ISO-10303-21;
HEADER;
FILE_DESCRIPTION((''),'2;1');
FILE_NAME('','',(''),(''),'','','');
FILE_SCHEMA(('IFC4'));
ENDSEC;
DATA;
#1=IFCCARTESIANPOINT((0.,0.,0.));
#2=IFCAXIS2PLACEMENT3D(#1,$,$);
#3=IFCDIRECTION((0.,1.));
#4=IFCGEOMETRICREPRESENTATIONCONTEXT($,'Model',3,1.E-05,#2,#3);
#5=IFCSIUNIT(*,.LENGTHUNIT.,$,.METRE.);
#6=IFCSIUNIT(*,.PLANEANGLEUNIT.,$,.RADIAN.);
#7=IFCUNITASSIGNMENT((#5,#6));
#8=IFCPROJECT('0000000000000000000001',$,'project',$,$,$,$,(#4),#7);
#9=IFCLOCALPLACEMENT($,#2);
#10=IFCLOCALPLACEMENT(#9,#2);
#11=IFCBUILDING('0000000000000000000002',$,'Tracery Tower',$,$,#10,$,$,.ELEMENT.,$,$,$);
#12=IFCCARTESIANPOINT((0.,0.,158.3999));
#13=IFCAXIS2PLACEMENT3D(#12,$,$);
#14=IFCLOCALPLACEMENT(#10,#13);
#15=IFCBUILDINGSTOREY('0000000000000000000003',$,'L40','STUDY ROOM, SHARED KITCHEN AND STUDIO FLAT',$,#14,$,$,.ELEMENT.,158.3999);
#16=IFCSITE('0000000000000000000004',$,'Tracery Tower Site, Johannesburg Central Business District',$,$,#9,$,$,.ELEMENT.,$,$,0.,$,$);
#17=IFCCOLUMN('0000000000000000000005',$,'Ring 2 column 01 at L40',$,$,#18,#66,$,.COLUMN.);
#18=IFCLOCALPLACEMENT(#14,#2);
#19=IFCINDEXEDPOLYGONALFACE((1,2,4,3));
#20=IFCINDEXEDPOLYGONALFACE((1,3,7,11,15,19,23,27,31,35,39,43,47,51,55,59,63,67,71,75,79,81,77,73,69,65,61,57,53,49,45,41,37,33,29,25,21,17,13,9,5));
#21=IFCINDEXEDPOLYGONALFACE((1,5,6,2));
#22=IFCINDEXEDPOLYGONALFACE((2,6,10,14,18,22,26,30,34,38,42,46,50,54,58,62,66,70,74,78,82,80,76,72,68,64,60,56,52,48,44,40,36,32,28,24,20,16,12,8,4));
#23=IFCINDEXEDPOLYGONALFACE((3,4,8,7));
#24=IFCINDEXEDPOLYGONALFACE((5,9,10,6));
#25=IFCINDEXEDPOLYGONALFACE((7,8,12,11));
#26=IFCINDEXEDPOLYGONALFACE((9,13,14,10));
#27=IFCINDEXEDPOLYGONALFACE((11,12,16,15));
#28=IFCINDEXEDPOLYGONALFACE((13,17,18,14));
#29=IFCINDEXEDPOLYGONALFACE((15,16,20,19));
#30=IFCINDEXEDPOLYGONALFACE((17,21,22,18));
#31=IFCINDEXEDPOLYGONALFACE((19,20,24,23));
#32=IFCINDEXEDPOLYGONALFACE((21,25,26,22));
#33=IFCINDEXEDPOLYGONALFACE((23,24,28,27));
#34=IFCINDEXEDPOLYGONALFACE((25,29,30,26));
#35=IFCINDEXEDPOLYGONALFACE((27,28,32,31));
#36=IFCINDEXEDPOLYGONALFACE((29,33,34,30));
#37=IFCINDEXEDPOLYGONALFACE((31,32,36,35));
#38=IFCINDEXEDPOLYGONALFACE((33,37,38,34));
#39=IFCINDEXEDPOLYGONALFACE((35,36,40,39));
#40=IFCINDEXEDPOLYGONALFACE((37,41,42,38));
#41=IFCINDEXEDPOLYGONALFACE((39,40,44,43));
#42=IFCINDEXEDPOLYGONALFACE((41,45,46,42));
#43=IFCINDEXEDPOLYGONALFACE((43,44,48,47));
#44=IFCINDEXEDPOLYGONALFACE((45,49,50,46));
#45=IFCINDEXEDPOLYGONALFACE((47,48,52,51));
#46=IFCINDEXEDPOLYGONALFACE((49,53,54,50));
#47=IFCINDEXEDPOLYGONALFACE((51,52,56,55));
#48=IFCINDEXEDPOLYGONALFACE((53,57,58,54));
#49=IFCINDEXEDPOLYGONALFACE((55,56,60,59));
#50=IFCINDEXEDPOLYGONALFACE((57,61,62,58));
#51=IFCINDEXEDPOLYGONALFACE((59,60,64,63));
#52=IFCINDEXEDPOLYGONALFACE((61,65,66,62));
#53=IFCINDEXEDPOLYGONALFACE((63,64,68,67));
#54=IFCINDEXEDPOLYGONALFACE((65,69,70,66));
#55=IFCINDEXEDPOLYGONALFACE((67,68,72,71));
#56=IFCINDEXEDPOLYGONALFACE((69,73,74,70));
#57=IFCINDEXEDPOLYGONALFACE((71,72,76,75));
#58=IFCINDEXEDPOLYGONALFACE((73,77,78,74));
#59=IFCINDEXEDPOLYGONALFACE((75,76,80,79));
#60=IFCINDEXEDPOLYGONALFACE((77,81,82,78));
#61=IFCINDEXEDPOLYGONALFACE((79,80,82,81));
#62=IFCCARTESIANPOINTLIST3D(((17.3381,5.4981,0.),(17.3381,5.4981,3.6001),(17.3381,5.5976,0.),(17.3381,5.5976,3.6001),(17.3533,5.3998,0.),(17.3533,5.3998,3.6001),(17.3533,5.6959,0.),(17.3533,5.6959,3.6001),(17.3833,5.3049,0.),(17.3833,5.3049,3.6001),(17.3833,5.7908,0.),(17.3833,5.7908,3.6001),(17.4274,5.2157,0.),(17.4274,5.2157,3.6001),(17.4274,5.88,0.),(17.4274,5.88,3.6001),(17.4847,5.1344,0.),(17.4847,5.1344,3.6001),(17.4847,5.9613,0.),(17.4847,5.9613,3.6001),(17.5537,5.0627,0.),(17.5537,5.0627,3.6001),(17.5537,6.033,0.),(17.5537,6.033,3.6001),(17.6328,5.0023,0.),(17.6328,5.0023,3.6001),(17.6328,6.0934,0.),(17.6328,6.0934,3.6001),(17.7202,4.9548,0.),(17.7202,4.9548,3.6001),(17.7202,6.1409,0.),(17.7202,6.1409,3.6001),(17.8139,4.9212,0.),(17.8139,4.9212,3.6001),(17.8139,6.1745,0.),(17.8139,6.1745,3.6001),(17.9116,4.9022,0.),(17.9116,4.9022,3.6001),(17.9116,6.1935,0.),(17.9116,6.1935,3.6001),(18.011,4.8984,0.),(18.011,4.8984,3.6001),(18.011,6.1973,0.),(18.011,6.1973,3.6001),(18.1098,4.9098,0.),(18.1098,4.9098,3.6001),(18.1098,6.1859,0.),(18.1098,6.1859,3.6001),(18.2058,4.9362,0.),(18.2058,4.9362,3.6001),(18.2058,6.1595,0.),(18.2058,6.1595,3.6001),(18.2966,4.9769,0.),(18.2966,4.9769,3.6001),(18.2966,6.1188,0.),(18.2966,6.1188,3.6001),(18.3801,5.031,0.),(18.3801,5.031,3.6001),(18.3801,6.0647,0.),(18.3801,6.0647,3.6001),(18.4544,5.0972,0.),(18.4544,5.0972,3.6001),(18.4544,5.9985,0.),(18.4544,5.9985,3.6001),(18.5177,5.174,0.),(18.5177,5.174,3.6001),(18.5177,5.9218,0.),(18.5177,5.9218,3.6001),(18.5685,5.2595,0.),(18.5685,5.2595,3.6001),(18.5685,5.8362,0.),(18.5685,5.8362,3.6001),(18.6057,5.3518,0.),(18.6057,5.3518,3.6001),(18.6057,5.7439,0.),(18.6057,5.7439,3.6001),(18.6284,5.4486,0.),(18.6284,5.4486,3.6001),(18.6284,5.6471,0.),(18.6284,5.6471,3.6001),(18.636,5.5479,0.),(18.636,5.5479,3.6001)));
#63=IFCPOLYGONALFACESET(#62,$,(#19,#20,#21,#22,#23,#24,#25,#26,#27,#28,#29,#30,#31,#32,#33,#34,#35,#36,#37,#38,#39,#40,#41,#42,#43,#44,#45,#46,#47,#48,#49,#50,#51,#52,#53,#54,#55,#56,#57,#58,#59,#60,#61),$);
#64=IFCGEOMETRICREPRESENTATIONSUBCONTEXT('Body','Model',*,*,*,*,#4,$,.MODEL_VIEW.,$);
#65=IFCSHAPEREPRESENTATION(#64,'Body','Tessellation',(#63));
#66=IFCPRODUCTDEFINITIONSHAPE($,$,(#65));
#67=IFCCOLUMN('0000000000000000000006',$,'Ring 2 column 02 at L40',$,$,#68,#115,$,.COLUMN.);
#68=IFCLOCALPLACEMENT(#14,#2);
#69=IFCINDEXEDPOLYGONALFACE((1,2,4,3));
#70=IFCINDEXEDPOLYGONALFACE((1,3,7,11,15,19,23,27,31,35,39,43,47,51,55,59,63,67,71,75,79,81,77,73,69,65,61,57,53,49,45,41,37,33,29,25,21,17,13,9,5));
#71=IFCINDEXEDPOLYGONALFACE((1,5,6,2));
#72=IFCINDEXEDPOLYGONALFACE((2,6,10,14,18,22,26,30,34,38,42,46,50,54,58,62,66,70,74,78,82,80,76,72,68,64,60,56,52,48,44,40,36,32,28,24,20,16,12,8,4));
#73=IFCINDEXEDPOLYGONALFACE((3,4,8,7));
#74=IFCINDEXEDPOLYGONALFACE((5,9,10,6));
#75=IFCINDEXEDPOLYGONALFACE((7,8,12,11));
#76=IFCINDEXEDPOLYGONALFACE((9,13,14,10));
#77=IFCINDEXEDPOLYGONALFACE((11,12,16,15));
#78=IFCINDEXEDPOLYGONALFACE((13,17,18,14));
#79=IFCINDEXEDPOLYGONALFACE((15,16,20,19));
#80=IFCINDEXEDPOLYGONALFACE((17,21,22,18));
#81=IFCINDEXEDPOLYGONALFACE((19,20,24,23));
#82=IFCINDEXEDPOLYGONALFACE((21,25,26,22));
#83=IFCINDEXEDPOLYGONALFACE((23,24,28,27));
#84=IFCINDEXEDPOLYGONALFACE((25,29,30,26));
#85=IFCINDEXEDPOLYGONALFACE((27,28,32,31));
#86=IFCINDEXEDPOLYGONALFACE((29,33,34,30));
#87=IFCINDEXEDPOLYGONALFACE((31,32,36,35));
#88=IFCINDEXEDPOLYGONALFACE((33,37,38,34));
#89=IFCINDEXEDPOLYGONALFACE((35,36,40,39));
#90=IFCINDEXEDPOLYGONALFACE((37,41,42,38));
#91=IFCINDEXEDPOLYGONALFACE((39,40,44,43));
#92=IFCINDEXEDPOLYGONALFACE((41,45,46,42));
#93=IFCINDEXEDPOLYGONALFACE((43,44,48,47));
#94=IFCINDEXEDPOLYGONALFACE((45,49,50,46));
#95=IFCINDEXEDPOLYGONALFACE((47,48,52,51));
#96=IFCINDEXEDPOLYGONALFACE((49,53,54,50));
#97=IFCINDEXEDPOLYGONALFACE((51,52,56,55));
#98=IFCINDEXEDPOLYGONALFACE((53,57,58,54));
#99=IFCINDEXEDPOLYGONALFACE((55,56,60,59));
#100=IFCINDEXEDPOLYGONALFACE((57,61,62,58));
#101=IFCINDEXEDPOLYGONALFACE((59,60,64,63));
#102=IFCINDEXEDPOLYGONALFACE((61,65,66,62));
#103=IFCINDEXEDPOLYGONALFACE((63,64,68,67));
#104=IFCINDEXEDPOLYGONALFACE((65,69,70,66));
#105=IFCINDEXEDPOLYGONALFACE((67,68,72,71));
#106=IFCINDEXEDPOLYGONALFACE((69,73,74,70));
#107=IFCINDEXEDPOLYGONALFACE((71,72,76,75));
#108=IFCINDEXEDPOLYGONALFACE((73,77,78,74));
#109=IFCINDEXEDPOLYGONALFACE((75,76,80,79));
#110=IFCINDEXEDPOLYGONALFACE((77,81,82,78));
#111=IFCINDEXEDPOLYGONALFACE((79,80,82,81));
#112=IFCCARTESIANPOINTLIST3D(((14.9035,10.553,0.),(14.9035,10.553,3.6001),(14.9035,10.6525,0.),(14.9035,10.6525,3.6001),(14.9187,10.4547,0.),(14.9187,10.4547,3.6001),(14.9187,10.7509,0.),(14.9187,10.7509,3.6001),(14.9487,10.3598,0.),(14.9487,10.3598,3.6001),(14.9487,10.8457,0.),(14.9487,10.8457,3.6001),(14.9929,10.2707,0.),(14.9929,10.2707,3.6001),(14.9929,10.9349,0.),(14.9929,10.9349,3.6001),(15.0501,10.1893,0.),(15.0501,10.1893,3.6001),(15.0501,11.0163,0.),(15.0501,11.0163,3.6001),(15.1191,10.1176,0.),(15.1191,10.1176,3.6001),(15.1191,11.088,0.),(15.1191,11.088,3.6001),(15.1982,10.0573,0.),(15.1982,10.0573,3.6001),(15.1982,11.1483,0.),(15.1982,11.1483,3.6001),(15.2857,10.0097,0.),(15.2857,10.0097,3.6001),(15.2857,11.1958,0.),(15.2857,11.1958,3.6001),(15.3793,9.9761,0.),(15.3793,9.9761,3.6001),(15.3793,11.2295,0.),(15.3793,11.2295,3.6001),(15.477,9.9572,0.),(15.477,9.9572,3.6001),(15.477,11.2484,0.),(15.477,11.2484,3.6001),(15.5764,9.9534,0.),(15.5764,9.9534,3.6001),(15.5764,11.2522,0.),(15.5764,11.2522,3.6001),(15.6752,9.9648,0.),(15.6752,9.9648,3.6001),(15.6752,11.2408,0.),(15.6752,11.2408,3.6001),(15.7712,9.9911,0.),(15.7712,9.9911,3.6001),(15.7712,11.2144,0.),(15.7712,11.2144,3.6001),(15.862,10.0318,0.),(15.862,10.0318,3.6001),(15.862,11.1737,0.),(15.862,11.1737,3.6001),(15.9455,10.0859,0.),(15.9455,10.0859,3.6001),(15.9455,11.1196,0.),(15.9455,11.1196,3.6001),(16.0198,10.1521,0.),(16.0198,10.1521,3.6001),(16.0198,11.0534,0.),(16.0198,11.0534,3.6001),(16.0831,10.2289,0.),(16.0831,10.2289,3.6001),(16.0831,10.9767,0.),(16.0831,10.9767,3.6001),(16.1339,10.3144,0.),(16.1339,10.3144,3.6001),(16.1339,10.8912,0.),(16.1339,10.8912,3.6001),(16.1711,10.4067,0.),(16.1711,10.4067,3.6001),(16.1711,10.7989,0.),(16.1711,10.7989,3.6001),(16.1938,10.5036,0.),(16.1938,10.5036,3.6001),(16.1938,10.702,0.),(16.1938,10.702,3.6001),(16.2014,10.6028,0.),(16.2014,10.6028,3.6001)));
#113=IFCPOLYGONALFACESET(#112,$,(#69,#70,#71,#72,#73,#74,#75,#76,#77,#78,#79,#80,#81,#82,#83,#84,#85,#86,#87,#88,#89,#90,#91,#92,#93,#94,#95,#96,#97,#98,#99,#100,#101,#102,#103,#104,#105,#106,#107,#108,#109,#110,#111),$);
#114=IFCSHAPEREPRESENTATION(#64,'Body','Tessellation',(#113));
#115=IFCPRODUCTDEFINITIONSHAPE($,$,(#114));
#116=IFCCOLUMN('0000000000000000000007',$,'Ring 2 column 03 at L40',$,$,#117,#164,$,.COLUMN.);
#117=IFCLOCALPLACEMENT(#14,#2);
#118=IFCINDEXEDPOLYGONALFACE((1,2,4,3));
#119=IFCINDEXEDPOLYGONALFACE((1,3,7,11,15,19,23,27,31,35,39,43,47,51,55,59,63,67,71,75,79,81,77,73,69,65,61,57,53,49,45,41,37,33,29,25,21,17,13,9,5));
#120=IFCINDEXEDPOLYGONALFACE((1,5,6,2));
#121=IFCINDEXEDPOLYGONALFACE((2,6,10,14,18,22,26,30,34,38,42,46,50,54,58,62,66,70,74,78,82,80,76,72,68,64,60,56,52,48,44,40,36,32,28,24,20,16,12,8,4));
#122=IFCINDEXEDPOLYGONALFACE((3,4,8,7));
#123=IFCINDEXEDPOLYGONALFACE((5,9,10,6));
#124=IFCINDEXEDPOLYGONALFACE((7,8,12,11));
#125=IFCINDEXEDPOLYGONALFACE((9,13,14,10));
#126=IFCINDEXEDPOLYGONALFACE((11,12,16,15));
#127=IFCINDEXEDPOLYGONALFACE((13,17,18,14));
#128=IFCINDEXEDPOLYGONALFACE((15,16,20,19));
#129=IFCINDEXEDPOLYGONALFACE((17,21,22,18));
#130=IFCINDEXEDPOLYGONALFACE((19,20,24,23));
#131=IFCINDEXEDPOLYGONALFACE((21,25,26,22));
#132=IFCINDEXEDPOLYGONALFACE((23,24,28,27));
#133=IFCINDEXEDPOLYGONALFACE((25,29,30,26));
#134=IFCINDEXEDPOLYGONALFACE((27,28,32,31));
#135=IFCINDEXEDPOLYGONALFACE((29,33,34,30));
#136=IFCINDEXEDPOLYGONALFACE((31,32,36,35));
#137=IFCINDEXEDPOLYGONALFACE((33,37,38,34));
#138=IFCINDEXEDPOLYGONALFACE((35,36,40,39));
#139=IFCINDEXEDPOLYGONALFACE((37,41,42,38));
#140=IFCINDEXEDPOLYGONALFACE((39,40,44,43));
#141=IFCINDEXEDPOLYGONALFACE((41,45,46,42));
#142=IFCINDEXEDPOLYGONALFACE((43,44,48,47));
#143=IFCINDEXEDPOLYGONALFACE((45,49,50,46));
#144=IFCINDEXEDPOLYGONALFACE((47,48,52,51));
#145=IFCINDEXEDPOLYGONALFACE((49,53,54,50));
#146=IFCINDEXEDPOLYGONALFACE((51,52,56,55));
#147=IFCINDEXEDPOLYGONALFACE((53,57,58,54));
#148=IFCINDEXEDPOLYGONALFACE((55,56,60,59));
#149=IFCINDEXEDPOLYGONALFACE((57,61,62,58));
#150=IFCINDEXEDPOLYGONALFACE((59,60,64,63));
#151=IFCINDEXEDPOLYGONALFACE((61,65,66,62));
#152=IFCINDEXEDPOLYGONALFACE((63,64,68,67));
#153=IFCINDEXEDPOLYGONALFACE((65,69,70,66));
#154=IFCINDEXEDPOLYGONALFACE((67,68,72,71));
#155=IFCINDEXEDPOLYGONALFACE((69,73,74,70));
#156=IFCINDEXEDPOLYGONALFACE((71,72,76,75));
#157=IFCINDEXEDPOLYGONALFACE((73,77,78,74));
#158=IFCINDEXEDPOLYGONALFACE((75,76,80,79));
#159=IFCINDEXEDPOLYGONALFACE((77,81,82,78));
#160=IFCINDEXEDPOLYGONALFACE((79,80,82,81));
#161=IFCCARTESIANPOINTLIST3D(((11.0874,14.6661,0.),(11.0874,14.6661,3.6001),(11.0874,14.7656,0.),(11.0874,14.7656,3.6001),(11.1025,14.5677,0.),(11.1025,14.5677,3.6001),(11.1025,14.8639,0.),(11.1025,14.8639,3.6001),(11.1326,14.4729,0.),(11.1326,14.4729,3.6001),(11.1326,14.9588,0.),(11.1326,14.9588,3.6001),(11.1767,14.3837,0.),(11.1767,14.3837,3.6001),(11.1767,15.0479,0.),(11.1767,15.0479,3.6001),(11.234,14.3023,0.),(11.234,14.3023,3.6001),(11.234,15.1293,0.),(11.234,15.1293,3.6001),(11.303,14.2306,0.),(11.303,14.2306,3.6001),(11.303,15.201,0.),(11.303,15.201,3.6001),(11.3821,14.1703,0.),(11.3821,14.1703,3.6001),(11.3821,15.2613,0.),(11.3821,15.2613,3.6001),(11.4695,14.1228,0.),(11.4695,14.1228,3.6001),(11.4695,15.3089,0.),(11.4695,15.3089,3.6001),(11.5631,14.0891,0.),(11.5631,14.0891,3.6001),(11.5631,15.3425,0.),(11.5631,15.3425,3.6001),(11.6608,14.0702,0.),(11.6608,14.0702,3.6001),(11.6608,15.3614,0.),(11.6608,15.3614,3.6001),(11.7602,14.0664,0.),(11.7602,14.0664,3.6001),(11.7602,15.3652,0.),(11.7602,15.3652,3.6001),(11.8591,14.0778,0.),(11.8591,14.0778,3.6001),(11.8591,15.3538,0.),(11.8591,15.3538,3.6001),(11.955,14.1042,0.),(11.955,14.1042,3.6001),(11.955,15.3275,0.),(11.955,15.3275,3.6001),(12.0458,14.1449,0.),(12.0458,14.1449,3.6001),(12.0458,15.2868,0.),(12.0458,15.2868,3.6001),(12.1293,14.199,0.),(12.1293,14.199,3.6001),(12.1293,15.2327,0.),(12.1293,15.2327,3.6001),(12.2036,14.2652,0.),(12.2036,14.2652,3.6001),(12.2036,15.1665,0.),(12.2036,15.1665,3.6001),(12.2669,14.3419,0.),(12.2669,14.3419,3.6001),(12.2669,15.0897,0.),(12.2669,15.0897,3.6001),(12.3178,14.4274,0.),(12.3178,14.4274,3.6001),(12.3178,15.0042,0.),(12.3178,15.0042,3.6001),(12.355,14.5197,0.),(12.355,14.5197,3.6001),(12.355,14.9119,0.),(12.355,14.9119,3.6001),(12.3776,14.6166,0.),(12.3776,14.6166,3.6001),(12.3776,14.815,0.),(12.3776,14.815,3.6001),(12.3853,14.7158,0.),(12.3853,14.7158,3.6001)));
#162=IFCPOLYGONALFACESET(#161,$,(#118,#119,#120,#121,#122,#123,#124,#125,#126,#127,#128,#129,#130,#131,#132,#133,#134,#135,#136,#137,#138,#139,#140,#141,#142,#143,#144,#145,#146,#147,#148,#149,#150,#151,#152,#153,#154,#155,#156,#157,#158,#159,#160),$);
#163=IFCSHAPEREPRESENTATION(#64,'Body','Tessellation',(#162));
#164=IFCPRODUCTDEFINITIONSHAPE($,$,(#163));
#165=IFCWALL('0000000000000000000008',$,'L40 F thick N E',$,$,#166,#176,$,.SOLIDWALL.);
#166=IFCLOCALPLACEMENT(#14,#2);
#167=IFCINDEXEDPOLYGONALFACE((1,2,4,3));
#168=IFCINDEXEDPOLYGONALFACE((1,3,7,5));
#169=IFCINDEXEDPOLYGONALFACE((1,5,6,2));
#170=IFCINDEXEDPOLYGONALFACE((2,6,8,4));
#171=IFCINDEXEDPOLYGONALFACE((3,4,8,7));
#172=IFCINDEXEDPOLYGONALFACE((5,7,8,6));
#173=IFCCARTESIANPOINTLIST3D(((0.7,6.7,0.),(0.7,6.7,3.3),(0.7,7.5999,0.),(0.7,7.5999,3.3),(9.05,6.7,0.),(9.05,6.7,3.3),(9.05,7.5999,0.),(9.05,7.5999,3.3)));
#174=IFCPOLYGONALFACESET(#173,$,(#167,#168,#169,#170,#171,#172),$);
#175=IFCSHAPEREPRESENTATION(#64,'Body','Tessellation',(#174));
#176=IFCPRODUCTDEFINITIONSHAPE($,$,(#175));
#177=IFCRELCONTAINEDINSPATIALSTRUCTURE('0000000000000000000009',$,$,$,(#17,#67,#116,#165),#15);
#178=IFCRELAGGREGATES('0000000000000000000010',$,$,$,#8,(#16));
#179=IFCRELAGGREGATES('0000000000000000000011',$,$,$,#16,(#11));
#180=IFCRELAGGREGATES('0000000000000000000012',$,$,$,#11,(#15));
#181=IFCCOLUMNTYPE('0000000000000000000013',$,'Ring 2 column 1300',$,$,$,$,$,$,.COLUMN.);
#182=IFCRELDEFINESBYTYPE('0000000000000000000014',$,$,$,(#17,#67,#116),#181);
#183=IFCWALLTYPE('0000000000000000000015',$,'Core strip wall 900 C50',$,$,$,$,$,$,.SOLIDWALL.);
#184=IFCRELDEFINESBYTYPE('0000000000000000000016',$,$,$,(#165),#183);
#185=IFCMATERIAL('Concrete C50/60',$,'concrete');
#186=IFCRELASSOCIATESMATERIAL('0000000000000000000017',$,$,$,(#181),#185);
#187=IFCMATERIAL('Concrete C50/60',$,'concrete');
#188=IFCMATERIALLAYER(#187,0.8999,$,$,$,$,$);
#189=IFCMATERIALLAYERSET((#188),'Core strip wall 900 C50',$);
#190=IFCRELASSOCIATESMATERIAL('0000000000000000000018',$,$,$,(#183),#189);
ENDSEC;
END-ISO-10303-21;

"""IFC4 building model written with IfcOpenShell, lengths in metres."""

from ifc_helpers import new_model, si_unit, direction, frame, frame_2d, origin, origin_2d, place, context, subcontext, project, spatial, rectangle, circle, extrude, material, layer, layer_set, material_profile, profile_set, type_object, element, save


model = new_model("IFC4")

# Units and contexts
model_context = context("Model", 3, precision=1e-05, world=origin(), true_north=direction((0.0, 1.0)))
body_context = subcontext(model_context, "Body", "Model", "MODEL_VIEW")
ifc_project = project(units=[si_unit("LENGTHUNIT", "METRE"), si_unit("PLANEANGLEUNIT", "RADIAN")], contexts=[model_context])

# Site, building, storey
site_placement = place(None, origin())
site = spatial("IfcSite", under=ifc_project, at=site_placement, Name="Tracery Tower Site, Johannesburg Central Business District", CompositionType="ELEMENT", RefElevation=0.0)
building_placement = place(site_placement, origin())
building = spatial("IfcBuilding", under=site, at=building_placement, Name="Tracery Tower", CompositionType="ELEMENT")
storey_placement = place(building_placement, frame((0.0, 0.0, 158.3999)))
storey = spatial("IfcBuildingStorey", under=building, at=storey_placement, Name="L40", Description="STUDY ROOM, SHARED KITCHEN AND STUDIO FLAT", CompositionType="ELEMENT", Elevation=158.3999)

# Columns
ifc_material_1 = material(Name="Concrete C50/60", Category="concrete")
ifc_material_profile = material_profile(ifc_material_1, circle(Radius=0.6499, at=origin_2d()), Name="RC D1300")
ifc_profile_set = profile_set([ifc_material_profile], Name="Concrete C50/60")
column_type = type_object("IfcColumnType", Name="Ring 2 column 1300", PredefinedType="COLUMN", material=ifc_profile_set)
for number, where, z_axis, x_axis, name in (
    (1, (17.9861, 5.5479, 0.0), (0.0, 0.0, 1.0), (1.0, 0.0, 0.0), "Ring 2 column 01 at L40"),
    (2, (15.5515, 10.6028, 0.0), (0.0, 0.0, 1.0), (1.0, 0.0, 0.0), "Ring 2 column 02 at L40"),
    (3, (11.7354, 14.7158, 0.0), (0.0, 0.0, 1.0), (1.0, 0.0, 0.0), "Ring 2 column 03 at L40"),
):
    element("IfcColumn", number, at=place(storey_placement, frame(where, z_axis=z_axis, x_axis=x_axis)), inside=storey, type_object=column_type, Name=name, PredefinedType="COLUMN", context=body_context, shape_type="SweptSolid", body=[
        extrude(circle(Radius=0.6499, at=origin_2d()), origin(), (0.0, 0.0, 1.0), 3.6001),
    ])

# Wall
ifc_material_2 = material(Name="Concrete C50/60", Category="concrete")
ifc_layer_1 = layer(ifc_material_2, 0.8999)
ifc_layer_set_1 = layer_set([ifc_layer_1], Name="Core strip wall 900 C50")
wall_type_1 = type_object("IfcWallType", Name="Core strip wall 900 C50", PredefinedType="SOLIDWALL", material=ifc_layer_set_1)
wall_1_placement = place(storey_placement, frame((0.7, 7.1499, 0.0), z_axis=(0.0, 0.0, 1.0), x_axis=(1.0, 0.0, 0.0)))
element("IfcWall", 4, at=wall_1_placement, inside=storey, type_object=wall_type_1, Name="L40 F thick N E", PredefinedType="SOLIDWALL", context=body_context, shape_type="SweptSolid", body=[
    extrude(rectangle(XDim=8.3501, YDim=0.8999, at=frame_2d((4.175, 0.0))), origin(), (0.0, 0.0, 1.0), 3.3),
])

save(model, "model.ifc")
